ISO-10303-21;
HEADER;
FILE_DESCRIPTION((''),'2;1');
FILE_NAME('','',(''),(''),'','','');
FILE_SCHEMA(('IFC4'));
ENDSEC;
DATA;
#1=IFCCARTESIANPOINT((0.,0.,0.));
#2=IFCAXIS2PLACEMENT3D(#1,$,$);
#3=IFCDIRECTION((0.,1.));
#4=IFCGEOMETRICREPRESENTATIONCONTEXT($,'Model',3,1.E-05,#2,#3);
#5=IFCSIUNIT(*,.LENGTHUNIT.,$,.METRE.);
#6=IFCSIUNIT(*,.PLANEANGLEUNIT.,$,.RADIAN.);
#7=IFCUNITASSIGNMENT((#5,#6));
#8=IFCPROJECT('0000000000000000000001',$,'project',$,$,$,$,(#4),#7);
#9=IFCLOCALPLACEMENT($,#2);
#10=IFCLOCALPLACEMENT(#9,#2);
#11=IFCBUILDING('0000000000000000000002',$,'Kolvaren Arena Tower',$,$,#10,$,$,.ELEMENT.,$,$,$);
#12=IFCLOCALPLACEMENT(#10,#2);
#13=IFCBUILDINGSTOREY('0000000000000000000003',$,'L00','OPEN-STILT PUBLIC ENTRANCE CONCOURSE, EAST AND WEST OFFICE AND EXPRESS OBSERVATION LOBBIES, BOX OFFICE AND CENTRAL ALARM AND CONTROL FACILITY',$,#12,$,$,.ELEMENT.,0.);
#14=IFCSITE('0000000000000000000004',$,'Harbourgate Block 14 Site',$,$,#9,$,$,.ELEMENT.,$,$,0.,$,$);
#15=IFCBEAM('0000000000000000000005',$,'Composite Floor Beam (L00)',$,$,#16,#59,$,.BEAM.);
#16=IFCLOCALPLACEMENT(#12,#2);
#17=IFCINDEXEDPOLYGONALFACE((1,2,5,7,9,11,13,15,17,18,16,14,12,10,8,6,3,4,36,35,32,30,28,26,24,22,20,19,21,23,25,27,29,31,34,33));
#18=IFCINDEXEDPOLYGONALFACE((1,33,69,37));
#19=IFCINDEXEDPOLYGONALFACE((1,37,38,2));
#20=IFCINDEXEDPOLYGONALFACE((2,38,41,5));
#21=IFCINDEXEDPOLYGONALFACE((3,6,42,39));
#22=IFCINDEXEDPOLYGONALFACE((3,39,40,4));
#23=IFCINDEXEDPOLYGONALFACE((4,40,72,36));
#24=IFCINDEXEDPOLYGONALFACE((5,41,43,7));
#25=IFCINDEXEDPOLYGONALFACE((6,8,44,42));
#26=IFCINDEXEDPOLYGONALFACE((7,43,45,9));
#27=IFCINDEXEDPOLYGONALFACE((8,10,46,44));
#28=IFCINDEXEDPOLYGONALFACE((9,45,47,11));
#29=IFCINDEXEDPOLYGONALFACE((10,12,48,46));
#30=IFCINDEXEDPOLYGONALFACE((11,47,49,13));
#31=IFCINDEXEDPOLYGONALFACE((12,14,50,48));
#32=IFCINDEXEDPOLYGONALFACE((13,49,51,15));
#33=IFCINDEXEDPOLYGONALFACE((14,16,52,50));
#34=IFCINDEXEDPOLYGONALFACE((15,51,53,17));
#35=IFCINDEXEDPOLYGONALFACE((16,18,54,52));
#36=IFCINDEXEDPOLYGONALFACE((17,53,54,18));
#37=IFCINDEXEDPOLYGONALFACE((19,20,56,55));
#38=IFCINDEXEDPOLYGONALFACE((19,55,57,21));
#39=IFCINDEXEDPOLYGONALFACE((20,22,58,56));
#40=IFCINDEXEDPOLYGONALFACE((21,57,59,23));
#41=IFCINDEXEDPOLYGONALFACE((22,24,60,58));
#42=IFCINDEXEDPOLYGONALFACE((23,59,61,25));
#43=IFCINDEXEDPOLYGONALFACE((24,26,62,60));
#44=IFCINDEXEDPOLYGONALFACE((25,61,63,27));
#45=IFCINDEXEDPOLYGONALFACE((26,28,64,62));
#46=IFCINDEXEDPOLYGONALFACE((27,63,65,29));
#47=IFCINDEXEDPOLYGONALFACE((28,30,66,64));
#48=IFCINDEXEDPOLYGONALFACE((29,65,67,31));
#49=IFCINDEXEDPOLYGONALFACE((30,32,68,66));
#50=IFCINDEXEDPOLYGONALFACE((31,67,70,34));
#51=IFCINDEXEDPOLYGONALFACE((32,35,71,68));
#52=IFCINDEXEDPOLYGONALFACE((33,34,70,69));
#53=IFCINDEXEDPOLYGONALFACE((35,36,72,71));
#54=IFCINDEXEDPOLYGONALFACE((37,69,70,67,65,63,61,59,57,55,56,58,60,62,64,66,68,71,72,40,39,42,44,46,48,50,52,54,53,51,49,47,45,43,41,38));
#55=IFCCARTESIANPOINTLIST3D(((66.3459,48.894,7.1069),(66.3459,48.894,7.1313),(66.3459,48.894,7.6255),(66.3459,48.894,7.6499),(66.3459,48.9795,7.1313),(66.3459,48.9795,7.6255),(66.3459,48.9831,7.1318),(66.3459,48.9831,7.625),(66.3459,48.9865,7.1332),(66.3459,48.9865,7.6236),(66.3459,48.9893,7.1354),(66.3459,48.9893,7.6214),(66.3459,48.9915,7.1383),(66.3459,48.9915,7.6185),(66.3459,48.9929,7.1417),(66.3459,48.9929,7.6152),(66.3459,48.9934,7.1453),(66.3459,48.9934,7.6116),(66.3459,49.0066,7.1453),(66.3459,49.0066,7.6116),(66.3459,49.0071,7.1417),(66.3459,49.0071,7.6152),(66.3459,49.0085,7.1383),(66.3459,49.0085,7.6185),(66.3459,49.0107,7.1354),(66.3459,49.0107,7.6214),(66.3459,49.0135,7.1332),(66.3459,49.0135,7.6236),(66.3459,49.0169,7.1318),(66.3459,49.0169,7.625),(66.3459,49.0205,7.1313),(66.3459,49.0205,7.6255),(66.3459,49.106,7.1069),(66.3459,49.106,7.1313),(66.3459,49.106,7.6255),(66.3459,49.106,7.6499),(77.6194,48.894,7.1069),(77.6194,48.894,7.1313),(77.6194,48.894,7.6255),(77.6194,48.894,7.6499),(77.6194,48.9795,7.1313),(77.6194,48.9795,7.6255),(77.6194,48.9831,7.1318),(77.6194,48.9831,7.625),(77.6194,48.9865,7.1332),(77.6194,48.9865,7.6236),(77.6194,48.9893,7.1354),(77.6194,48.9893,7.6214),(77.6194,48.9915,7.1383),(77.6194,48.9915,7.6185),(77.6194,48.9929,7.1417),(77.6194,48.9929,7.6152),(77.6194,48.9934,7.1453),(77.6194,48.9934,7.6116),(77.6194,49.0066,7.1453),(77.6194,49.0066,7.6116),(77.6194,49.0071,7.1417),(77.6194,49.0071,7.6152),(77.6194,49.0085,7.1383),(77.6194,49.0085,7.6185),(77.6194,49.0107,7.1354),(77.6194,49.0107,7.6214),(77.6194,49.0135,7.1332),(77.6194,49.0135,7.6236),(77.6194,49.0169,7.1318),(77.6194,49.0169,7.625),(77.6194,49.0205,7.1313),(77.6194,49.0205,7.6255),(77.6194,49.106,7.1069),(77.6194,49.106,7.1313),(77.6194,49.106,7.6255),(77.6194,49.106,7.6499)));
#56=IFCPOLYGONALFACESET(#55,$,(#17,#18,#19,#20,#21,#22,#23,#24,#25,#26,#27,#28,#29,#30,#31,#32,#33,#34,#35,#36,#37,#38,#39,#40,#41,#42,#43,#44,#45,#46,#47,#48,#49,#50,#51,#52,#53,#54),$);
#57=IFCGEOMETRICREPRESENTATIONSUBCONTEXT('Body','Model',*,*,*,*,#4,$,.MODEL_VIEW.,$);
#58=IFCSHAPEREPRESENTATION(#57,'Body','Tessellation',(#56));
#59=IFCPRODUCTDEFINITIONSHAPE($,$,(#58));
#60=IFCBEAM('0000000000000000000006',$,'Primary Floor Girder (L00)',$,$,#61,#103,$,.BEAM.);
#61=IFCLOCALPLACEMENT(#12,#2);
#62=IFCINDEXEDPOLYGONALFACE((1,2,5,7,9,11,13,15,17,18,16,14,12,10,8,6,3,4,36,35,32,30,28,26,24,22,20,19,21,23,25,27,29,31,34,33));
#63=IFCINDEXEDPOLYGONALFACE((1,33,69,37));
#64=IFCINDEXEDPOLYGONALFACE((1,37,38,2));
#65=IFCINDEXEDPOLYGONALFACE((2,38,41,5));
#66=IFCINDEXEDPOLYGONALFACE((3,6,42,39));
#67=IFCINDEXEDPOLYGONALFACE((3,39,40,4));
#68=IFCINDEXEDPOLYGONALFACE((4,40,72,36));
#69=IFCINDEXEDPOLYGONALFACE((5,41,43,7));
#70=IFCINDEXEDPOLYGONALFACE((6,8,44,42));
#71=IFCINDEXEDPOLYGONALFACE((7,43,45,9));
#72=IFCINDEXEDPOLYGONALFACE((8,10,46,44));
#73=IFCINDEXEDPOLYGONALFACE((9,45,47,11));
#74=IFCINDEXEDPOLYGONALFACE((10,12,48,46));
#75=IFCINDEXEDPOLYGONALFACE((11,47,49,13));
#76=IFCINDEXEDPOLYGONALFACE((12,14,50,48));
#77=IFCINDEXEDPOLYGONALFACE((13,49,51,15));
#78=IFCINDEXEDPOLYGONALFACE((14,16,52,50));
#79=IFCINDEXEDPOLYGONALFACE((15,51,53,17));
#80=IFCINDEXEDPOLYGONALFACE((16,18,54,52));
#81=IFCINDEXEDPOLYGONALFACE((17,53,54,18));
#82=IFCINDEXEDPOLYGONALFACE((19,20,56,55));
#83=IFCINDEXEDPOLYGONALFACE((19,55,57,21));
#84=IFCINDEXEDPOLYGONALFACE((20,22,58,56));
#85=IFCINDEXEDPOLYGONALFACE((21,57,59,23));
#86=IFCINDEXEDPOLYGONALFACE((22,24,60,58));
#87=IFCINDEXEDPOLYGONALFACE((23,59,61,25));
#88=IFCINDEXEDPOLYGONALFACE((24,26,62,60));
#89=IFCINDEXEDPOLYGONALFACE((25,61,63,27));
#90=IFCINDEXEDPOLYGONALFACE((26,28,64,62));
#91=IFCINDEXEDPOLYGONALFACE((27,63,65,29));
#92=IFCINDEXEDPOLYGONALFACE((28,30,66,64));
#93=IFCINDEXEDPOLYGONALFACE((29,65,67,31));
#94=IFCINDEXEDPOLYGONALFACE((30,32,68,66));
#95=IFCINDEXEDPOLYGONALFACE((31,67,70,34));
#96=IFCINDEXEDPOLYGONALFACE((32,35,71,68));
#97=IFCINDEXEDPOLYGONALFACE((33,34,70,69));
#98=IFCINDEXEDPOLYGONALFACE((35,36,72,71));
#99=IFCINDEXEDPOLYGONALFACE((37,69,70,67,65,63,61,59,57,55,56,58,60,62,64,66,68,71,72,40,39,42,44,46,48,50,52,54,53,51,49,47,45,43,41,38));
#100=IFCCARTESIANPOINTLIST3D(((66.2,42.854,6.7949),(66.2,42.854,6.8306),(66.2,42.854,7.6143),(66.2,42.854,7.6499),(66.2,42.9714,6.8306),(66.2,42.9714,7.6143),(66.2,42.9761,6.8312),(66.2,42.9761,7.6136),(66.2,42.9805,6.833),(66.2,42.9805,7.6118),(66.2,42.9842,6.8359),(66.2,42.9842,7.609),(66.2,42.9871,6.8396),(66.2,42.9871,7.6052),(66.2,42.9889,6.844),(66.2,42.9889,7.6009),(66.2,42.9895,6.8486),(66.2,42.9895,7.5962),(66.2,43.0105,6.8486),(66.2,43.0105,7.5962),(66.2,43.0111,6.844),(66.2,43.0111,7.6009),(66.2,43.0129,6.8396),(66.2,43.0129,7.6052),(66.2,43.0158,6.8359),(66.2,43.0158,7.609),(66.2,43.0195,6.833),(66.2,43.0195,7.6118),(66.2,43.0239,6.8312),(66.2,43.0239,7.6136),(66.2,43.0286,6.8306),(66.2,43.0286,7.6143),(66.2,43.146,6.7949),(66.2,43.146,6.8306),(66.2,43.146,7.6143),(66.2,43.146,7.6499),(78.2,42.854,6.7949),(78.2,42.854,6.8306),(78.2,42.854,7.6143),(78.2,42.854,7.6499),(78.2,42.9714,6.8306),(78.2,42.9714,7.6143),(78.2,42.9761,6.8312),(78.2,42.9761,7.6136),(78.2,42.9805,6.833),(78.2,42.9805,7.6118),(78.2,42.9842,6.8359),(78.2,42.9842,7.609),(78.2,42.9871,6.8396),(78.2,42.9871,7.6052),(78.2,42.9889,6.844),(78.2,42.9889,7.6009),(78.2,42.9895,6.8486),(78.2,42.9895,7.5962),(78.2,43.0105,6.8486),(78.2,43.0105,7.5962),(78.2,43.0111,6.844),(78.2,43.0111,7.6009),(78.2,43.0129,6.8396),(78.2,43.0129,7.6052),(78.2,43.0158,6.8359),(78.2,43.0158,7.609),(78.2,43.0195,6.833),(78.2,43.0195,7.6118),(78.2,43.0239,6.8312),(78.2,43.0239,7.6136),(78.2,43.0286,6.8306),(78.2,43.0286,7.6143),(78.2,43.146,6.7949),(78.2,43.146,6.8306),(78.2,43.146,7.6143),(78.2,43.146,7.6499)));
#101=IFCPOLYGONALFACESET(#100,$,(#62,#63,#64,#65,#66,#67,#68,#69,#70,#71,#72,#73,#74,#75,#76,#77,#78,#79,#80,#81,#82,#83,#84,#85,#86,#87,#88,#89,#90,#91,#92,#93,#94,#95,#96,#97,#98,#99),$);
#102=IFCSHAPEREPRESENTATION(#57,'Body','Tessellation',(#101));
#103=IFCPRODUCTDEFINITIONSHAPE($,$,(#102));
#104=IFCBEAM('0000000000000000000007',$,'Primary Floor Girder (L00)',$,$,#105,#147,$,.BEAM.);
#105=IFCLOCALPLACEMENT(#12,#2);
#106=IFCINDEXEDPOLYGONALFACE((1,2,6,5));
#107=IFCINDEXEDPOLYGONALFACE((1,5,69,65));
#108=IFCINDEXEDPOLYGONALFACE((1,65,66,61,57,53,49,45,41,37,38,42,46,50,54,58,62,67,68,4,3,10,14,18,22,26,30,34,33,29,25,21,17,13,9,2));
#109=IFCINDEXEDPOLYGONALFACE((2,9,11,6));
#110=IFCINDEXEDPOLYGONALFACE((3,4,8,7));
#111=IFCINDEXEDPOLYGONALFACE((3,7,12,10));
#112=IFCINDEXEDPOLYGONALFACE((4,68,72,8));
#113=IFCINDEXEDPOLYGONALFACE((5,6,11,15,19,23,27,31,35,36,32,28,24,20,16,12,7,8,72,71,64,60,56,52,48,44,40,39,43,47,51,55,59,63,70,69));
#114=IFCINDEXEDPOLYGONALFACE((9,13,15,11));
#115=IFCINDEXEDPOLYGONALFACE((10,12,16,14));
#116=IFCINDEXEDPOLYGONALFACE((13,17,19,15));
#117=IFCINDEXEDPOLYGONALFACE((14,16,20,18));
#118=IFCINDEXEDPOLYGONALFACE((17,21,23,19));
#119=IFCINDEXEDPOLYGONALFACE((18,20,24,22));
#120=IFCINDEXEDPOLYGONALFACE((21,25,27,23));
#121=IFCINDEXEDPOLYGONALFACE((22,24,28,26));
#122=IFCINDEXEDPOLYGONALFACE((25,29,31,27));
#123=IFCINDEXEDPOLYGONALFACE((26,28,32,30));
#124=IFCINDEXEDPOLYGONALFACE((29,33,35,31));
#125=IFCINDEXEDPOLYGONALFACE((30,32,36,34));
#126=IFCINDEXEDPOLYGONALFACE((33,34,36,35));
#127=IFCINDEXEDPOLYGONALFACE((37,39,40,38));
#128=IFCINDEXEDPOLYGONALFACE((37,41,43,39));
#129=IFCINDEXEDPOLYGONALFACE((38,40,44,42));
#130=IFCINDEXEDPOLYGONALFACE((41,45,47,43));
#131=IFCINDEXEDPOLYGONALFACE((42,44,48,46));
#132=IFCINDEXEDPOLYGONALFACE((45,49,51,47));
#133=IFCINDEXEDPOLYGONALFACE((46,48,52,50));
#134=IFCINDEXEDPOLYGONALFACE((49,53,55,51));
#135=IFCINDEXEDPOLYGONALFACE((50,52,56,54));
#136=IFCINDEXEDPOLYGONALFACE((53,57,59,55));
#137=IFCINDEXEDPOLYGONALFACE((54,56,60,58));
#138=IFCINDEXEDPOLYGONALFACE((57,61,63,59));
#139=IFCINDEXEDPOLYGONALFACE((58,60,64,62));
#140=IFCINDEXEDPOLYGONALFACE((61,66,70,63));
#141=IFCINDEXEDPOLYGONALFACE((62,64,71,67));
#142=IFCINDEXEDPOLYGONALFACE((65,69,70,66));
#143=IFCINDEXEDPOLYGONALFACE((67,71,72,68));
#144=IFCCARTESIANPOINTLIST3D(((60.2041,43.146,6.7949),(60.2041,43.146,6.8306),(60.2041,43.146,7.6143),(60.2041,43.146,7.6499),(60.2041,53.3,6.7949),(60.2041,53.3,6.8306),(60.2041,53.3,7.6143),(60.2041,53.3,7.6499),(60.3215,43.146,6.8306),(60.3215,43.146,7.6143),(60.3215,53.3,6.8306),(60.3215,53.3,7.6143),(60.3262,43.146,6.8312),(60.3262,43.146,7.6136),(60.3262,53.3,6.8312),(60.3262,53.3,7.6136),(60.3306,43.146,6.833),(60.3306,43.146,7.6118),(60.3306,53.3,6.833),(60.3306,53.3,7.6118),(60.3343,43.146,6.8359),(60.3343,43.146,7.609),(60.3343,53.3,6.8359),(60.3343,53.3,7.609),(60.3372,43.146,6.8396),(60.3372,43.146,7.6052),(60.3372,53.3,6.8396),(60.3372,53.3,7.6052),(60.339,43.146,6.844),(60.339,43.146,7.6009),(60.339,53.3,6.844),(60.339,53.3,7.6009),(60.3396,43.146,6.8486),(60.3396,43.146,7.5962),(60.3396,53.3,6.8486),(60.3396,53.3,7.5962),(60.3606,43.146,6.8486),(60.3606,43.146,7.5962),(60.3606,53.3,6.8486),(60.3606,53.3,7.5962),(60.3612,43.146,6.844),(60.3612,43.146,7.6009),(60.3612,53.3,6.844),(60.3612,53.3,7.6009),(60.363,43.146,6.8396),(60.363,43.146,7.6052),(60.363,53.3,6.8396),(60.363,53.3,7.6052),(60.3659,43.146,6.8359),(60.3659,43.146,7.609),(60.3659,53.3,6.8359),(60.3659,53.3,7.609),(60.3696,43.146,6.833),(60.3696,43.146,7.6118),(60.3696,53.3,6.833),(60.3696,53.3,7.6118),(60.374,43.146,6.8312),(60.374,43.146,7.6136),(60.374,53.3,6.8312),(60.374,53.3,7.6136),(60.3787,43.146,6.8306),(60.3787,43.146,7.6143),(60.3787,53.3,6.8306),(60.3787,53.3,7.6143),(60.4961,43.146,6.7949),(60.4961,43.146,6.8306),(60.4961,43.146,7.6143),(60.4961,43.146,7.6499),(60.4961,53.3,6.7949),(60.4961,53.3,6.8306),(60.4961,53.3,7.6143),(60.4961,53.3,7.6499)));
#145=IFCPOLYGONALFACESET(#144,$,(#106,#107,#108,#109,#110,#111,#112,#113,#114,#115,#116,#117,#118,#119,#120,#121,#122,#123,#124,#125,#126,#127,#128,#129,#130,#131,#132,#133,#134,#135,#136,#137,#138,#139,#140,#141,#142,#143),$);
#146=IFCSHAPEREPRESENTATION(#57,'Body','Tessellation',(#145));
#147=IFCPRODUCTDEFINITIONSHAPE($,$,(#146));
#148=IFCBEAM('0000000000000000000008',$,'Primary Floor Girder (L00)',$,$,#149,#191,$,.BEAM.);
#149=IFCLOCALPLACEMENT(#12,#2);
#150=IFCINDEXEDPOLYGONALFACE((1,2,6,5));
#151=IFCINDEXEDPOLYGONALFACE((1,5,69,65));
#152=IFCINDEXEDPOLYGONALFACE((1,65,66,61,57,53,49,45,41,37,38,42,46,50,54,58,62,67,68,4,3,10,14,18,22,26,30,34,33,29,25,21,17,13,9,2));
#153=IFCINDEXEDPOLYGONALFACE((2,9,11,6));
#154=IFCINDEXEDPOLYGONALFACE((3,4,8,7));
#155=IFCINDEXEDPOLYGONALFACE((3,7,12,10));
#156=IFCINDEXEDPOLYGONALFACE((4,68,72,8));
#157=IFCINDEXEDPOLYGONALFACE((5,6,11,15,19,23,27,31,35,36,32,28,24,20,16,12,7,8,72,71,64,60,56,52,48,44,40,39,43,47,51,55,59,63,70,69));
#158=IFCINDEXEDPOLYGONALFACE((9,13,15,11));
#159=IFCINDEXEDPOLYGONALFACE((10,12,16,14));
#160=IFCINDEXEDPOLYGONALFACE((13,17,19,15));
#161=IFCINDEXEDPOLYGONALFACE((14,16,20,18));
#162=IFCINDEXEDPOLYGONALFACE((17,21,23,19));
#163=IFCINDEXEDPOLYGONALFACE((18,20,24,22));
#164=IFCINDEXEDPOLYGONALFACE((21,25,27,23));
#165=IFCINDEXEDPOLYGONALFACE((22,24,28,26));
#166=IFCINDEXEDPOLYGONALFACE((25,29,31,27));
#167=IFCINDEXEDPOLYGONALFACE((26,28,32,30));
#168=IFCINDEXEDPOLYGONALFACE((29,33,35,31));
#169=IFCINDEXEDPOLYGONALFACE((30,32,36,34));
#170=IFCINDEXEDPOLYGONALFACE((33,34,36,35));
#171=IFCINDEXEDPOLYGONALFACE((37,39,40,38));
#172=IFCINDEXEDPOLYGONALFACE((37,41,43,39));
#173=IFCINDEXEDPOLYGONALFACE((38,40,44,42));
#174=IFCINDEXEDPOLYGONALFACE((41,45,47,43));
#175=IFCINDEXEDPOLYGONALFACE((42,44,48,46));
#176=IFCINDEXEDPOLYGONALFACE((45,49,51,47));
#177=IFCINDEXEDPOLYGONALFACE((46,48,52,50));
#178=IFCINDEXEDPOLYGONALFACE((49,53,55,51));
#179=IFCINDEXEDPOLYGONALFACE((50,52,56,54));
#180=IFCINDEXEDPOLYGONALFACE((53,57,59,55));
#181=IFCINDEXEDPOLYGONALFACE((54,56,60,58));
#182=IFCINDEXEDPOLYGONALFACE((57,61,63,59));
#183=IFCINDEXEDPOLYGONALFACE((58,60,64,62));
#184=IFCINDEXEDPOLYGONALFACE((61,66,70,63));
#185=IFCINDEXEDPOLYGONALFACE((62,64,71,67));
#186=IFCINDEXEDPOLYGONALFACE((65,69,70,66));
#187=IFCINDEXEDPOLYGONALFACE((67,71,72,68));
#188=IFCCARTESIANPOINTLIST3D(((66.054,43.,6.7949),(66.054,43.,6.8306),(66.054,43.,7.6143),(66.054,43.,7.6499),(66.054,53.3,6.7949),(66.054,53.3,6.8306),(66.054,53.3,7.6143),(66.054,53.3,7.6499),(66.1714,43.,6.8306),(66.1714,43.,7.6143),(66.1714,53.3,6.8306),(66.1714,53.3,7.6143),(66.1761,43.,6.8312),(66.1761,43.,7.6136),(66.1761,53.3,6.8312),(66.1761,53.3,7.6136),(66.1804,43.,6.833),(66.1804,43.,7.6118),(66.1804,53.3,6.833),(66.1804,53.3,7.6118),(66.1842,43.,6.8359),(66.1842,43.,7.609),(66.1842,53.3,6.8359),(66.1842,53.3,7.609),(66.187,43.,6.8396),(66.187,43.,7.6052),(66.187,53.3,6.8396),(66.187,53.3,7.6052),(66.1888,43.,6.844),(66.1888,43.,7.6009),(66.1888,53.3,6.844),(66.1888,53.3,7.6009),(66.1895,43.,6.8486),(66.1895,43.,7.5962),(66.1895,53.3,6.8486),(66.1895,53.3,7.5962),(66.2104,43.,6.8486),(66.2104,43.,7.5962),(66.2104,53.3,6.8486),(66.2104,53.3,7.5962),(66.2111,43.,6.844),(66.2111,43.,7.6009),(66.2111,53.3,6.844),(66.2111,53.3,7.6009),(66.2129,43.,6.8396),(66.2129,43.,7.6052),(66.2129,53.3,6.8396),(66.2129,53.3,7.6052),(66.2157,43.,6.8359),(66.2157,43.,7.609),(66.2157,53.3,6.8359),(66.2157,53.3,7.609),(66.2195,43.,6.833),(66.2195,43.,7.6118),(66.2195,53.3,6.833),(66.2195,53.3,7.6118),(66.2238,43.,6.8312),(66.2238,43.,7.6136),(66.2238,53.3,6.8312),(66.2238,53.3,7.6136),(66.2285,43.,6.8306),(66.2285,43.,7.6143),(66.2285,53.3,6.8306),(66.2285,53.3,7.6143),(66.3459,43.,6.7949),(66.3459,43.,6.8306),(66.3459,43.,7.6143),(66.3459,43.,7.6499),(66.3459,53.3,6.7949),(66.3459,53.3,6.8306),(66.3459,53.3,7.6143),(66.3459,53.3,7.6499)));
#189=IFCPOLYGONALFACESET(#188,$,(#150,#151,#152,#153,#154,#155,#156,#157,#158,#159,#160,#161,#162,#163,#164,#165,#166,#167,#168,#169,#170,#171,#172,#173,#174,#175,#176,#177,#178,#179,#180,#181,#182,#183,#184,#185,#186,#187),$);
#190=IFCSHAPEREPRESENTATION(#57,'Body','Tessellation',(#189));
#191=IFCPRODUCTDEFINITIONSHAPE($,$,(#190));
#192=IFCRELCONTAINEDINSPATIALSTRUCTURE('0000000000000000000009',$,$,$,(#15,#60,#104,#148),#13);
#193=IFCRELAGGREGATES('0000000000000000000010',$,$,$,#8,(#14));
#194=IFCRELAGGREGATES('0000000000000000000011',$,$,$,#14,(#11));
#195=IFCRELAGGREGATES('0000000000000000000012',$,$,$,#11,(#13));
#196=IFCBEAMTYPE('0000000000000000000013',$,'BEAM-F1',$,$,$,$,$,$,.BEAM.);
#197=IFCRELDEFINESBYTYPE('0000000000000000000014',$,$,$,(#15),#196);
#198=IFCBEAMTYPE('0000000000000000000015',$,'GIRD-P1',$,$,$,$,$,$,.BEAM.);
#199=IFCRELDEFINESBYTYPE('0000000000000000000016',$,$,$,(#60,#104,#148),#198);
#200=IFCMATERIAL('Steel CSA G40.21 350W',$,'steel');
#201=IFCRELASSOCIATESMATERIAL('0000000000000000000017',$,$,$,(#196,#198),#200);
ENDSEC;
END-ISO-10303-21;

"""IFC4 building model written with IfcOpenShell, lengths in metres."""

from ifc_helpers import new_model, si_unit, direction, frame, origin, origin_2d, place, context, subcontext, project, spatial, i_section, extrude, material, material_profile, profile_set, type_object, element, save


model = new_model("IFC4")

# Units and contexts
model_context = context("Model", 3, precision=1e-05, world=origin(), true_north=direction((0.0, 1.0)))
body_context = subcontext(model_context, "Body", "Model", "MODEL_VIEW")
ifc_project = project(units=[si_unit("LENGTHUNIT", "METRE"), si_unit("PLANEANGLEUNIT", "RADIAN")], contexts=[model_context])

# Site, building, storey
site_placement = place(None, origin())
site = spatial("IfcSite", under=ifc_project, at=site_placement, Name="Harbourgate Block 14 Site", CompositionType="ELEMENT", RefElevation=0.0)
building_placement = place(site_placement, origin())
building = spatial("IfcBuilding", under=site, at=building_placement, Name="Kolvaren Arena Tower", CompositionType="ELEMENT")
storey_placement = place(building_placement, origin())
storey = spatial("IfcBuildingStorey", under=building, at=storey_placement, Name="L00", Description="OPEN-STILT PUBLIC ENTRANCE CONCOURSE, EAST AND WEST OFFICE AND EXPRESS OBSERVATION LOBBIES, BOX OFFICE AND CENTRAL ALARM AND CONTROL FACILITY", CompositionType="ELEMENT", Elevation=0.0)

# Beams
ifc_material_1 = material(Name="Steel CSA G40.21 350W", Category="steel")
ifc_material_profile_1 = material_profile(ifc_material_1, i_section(OverallWidth=0.2119, OverallDepth=0.543, WebThickness=0.0132, FlangeThickness=0.0244, FilletRadius=0.0139, at=origin_2d()), Name="W530x150")
ifc_profile_set_1 = profile_set([ifc_material_profile_1], Name="Steel CSA G40.21 350W")
beam_type_1 = type_object("IfcBeamType", Name="BEAM-F1", PredefinedType="BEAM", material=ifc_profile_set_1)
beam_1_placement = place(storey_placement, frame((66.3459, 49.0, 7.3784), z_axis=(1.0, 0.0, 0.0), x_axis=(0.0, 1.0, 0.0)))
element("IfcBeam", 1, at=beam_1_placement, inside=storey, type_object=beam_type_1, Name="Composite Floor Beam (L00)", PredefinedType="BEAM", context=body_context, shape_type="SweptSolid", body=[
    extrude(i_section(OverallWidth=0.2119, OverallDepth=0.543, WebThickness=0.0132, FlangeThickness=0.0244, FilletRadius=0.0139, at=origin_2d()), origin(), (0.0, 0.0, 1.0), 11.2734),
])
ifc_material_profile_2 = material_profile(ifc_material_1, i_section(OverallWidth=0.292, OverallDepth=0.855, WebThickness=0.021, FlangeThickness=0.0356, FilletRadius=0.0181, at=origin_2d()), Name="W840x299")
ifc_profile_set_2 = profile_set([ifc_material_profile_2], Name="Steel CSA G40.21 350W")
beam_type_2 = type_object("IfcBeamType", Name="GIRD-P1", PredefinedType="BEAM", material=ifc_profile_set_2)
beam_2_placement = place(storey_placement, frame((66.2, 43.0, 7.2224), z_axis=(1.0, 0.0, 0.0), x_axis=(0.0, 1.0, 0.0)))
element("IfcBeam", 2, at=beam_2_placement, inside=storey, type_object=beam_type_2, Name="Primary Floor Girder (L00)", PredefinedType="BEAM", context=body_context, shape_type="SweptSolid", body=[
    extrude(i_section(OverallWidth=0.292, OverallDepth=0.855, WebThickness=0.021, FlangeThickness=0.0356, FilletRadius=0.0181, at=origin_2d()), origin(), (0.0, 0.0, 1.0), 12.0),
])
beam_3_placement = place(storey_placement, frame((60.3501, 43.146, 7.2224), z_axis=(0.0, 1.0, 0.0), x_axis=(-1.0, 0.0, 0.0)))
element("IfcBeam", 3, at=beam_3_placement, inside=storey, type_object=beam_type_2, Name="Primary Floor Girder (L00)", PredefinedType="BEAM", context=body_context, shape_type="SweptSolid", body=[
    extrude(i_section(OverallWidth=0.292, OverallDepth=0.855, WebThickness=0.021, FlangeThickness=0.0356, FilletRadius=0.0181, at=origin_2d()), origin(), (0.0, 0.0, 1.0), 10.1541),
])
beam_4_placement = place(storey_placement, frame((66.2, 43.0, 7.2224), z_axis=(0.0, 1.0, 0.0), x_axis=(-1.0, 0.0, 0.0)))
element("IfcBeam", 4, at=beam_4_placement, inside=storey, type_object=beam_type_2, Name="Primary Floor Girder (L00)", PredefinedType="BEAM", context=body_context, shape_type="SweptSolid", body=[
    extrude(i_section(OverallWidth=0.292, OverallDepth=0.855, WebThickness=0.021, FlangeThickness=0.0356, FilletRadius=0.0181, at=origin_2d()), origin(), (0.0, 0.0, 1.0), 10.3),
])

save(model, "model.ifc")
